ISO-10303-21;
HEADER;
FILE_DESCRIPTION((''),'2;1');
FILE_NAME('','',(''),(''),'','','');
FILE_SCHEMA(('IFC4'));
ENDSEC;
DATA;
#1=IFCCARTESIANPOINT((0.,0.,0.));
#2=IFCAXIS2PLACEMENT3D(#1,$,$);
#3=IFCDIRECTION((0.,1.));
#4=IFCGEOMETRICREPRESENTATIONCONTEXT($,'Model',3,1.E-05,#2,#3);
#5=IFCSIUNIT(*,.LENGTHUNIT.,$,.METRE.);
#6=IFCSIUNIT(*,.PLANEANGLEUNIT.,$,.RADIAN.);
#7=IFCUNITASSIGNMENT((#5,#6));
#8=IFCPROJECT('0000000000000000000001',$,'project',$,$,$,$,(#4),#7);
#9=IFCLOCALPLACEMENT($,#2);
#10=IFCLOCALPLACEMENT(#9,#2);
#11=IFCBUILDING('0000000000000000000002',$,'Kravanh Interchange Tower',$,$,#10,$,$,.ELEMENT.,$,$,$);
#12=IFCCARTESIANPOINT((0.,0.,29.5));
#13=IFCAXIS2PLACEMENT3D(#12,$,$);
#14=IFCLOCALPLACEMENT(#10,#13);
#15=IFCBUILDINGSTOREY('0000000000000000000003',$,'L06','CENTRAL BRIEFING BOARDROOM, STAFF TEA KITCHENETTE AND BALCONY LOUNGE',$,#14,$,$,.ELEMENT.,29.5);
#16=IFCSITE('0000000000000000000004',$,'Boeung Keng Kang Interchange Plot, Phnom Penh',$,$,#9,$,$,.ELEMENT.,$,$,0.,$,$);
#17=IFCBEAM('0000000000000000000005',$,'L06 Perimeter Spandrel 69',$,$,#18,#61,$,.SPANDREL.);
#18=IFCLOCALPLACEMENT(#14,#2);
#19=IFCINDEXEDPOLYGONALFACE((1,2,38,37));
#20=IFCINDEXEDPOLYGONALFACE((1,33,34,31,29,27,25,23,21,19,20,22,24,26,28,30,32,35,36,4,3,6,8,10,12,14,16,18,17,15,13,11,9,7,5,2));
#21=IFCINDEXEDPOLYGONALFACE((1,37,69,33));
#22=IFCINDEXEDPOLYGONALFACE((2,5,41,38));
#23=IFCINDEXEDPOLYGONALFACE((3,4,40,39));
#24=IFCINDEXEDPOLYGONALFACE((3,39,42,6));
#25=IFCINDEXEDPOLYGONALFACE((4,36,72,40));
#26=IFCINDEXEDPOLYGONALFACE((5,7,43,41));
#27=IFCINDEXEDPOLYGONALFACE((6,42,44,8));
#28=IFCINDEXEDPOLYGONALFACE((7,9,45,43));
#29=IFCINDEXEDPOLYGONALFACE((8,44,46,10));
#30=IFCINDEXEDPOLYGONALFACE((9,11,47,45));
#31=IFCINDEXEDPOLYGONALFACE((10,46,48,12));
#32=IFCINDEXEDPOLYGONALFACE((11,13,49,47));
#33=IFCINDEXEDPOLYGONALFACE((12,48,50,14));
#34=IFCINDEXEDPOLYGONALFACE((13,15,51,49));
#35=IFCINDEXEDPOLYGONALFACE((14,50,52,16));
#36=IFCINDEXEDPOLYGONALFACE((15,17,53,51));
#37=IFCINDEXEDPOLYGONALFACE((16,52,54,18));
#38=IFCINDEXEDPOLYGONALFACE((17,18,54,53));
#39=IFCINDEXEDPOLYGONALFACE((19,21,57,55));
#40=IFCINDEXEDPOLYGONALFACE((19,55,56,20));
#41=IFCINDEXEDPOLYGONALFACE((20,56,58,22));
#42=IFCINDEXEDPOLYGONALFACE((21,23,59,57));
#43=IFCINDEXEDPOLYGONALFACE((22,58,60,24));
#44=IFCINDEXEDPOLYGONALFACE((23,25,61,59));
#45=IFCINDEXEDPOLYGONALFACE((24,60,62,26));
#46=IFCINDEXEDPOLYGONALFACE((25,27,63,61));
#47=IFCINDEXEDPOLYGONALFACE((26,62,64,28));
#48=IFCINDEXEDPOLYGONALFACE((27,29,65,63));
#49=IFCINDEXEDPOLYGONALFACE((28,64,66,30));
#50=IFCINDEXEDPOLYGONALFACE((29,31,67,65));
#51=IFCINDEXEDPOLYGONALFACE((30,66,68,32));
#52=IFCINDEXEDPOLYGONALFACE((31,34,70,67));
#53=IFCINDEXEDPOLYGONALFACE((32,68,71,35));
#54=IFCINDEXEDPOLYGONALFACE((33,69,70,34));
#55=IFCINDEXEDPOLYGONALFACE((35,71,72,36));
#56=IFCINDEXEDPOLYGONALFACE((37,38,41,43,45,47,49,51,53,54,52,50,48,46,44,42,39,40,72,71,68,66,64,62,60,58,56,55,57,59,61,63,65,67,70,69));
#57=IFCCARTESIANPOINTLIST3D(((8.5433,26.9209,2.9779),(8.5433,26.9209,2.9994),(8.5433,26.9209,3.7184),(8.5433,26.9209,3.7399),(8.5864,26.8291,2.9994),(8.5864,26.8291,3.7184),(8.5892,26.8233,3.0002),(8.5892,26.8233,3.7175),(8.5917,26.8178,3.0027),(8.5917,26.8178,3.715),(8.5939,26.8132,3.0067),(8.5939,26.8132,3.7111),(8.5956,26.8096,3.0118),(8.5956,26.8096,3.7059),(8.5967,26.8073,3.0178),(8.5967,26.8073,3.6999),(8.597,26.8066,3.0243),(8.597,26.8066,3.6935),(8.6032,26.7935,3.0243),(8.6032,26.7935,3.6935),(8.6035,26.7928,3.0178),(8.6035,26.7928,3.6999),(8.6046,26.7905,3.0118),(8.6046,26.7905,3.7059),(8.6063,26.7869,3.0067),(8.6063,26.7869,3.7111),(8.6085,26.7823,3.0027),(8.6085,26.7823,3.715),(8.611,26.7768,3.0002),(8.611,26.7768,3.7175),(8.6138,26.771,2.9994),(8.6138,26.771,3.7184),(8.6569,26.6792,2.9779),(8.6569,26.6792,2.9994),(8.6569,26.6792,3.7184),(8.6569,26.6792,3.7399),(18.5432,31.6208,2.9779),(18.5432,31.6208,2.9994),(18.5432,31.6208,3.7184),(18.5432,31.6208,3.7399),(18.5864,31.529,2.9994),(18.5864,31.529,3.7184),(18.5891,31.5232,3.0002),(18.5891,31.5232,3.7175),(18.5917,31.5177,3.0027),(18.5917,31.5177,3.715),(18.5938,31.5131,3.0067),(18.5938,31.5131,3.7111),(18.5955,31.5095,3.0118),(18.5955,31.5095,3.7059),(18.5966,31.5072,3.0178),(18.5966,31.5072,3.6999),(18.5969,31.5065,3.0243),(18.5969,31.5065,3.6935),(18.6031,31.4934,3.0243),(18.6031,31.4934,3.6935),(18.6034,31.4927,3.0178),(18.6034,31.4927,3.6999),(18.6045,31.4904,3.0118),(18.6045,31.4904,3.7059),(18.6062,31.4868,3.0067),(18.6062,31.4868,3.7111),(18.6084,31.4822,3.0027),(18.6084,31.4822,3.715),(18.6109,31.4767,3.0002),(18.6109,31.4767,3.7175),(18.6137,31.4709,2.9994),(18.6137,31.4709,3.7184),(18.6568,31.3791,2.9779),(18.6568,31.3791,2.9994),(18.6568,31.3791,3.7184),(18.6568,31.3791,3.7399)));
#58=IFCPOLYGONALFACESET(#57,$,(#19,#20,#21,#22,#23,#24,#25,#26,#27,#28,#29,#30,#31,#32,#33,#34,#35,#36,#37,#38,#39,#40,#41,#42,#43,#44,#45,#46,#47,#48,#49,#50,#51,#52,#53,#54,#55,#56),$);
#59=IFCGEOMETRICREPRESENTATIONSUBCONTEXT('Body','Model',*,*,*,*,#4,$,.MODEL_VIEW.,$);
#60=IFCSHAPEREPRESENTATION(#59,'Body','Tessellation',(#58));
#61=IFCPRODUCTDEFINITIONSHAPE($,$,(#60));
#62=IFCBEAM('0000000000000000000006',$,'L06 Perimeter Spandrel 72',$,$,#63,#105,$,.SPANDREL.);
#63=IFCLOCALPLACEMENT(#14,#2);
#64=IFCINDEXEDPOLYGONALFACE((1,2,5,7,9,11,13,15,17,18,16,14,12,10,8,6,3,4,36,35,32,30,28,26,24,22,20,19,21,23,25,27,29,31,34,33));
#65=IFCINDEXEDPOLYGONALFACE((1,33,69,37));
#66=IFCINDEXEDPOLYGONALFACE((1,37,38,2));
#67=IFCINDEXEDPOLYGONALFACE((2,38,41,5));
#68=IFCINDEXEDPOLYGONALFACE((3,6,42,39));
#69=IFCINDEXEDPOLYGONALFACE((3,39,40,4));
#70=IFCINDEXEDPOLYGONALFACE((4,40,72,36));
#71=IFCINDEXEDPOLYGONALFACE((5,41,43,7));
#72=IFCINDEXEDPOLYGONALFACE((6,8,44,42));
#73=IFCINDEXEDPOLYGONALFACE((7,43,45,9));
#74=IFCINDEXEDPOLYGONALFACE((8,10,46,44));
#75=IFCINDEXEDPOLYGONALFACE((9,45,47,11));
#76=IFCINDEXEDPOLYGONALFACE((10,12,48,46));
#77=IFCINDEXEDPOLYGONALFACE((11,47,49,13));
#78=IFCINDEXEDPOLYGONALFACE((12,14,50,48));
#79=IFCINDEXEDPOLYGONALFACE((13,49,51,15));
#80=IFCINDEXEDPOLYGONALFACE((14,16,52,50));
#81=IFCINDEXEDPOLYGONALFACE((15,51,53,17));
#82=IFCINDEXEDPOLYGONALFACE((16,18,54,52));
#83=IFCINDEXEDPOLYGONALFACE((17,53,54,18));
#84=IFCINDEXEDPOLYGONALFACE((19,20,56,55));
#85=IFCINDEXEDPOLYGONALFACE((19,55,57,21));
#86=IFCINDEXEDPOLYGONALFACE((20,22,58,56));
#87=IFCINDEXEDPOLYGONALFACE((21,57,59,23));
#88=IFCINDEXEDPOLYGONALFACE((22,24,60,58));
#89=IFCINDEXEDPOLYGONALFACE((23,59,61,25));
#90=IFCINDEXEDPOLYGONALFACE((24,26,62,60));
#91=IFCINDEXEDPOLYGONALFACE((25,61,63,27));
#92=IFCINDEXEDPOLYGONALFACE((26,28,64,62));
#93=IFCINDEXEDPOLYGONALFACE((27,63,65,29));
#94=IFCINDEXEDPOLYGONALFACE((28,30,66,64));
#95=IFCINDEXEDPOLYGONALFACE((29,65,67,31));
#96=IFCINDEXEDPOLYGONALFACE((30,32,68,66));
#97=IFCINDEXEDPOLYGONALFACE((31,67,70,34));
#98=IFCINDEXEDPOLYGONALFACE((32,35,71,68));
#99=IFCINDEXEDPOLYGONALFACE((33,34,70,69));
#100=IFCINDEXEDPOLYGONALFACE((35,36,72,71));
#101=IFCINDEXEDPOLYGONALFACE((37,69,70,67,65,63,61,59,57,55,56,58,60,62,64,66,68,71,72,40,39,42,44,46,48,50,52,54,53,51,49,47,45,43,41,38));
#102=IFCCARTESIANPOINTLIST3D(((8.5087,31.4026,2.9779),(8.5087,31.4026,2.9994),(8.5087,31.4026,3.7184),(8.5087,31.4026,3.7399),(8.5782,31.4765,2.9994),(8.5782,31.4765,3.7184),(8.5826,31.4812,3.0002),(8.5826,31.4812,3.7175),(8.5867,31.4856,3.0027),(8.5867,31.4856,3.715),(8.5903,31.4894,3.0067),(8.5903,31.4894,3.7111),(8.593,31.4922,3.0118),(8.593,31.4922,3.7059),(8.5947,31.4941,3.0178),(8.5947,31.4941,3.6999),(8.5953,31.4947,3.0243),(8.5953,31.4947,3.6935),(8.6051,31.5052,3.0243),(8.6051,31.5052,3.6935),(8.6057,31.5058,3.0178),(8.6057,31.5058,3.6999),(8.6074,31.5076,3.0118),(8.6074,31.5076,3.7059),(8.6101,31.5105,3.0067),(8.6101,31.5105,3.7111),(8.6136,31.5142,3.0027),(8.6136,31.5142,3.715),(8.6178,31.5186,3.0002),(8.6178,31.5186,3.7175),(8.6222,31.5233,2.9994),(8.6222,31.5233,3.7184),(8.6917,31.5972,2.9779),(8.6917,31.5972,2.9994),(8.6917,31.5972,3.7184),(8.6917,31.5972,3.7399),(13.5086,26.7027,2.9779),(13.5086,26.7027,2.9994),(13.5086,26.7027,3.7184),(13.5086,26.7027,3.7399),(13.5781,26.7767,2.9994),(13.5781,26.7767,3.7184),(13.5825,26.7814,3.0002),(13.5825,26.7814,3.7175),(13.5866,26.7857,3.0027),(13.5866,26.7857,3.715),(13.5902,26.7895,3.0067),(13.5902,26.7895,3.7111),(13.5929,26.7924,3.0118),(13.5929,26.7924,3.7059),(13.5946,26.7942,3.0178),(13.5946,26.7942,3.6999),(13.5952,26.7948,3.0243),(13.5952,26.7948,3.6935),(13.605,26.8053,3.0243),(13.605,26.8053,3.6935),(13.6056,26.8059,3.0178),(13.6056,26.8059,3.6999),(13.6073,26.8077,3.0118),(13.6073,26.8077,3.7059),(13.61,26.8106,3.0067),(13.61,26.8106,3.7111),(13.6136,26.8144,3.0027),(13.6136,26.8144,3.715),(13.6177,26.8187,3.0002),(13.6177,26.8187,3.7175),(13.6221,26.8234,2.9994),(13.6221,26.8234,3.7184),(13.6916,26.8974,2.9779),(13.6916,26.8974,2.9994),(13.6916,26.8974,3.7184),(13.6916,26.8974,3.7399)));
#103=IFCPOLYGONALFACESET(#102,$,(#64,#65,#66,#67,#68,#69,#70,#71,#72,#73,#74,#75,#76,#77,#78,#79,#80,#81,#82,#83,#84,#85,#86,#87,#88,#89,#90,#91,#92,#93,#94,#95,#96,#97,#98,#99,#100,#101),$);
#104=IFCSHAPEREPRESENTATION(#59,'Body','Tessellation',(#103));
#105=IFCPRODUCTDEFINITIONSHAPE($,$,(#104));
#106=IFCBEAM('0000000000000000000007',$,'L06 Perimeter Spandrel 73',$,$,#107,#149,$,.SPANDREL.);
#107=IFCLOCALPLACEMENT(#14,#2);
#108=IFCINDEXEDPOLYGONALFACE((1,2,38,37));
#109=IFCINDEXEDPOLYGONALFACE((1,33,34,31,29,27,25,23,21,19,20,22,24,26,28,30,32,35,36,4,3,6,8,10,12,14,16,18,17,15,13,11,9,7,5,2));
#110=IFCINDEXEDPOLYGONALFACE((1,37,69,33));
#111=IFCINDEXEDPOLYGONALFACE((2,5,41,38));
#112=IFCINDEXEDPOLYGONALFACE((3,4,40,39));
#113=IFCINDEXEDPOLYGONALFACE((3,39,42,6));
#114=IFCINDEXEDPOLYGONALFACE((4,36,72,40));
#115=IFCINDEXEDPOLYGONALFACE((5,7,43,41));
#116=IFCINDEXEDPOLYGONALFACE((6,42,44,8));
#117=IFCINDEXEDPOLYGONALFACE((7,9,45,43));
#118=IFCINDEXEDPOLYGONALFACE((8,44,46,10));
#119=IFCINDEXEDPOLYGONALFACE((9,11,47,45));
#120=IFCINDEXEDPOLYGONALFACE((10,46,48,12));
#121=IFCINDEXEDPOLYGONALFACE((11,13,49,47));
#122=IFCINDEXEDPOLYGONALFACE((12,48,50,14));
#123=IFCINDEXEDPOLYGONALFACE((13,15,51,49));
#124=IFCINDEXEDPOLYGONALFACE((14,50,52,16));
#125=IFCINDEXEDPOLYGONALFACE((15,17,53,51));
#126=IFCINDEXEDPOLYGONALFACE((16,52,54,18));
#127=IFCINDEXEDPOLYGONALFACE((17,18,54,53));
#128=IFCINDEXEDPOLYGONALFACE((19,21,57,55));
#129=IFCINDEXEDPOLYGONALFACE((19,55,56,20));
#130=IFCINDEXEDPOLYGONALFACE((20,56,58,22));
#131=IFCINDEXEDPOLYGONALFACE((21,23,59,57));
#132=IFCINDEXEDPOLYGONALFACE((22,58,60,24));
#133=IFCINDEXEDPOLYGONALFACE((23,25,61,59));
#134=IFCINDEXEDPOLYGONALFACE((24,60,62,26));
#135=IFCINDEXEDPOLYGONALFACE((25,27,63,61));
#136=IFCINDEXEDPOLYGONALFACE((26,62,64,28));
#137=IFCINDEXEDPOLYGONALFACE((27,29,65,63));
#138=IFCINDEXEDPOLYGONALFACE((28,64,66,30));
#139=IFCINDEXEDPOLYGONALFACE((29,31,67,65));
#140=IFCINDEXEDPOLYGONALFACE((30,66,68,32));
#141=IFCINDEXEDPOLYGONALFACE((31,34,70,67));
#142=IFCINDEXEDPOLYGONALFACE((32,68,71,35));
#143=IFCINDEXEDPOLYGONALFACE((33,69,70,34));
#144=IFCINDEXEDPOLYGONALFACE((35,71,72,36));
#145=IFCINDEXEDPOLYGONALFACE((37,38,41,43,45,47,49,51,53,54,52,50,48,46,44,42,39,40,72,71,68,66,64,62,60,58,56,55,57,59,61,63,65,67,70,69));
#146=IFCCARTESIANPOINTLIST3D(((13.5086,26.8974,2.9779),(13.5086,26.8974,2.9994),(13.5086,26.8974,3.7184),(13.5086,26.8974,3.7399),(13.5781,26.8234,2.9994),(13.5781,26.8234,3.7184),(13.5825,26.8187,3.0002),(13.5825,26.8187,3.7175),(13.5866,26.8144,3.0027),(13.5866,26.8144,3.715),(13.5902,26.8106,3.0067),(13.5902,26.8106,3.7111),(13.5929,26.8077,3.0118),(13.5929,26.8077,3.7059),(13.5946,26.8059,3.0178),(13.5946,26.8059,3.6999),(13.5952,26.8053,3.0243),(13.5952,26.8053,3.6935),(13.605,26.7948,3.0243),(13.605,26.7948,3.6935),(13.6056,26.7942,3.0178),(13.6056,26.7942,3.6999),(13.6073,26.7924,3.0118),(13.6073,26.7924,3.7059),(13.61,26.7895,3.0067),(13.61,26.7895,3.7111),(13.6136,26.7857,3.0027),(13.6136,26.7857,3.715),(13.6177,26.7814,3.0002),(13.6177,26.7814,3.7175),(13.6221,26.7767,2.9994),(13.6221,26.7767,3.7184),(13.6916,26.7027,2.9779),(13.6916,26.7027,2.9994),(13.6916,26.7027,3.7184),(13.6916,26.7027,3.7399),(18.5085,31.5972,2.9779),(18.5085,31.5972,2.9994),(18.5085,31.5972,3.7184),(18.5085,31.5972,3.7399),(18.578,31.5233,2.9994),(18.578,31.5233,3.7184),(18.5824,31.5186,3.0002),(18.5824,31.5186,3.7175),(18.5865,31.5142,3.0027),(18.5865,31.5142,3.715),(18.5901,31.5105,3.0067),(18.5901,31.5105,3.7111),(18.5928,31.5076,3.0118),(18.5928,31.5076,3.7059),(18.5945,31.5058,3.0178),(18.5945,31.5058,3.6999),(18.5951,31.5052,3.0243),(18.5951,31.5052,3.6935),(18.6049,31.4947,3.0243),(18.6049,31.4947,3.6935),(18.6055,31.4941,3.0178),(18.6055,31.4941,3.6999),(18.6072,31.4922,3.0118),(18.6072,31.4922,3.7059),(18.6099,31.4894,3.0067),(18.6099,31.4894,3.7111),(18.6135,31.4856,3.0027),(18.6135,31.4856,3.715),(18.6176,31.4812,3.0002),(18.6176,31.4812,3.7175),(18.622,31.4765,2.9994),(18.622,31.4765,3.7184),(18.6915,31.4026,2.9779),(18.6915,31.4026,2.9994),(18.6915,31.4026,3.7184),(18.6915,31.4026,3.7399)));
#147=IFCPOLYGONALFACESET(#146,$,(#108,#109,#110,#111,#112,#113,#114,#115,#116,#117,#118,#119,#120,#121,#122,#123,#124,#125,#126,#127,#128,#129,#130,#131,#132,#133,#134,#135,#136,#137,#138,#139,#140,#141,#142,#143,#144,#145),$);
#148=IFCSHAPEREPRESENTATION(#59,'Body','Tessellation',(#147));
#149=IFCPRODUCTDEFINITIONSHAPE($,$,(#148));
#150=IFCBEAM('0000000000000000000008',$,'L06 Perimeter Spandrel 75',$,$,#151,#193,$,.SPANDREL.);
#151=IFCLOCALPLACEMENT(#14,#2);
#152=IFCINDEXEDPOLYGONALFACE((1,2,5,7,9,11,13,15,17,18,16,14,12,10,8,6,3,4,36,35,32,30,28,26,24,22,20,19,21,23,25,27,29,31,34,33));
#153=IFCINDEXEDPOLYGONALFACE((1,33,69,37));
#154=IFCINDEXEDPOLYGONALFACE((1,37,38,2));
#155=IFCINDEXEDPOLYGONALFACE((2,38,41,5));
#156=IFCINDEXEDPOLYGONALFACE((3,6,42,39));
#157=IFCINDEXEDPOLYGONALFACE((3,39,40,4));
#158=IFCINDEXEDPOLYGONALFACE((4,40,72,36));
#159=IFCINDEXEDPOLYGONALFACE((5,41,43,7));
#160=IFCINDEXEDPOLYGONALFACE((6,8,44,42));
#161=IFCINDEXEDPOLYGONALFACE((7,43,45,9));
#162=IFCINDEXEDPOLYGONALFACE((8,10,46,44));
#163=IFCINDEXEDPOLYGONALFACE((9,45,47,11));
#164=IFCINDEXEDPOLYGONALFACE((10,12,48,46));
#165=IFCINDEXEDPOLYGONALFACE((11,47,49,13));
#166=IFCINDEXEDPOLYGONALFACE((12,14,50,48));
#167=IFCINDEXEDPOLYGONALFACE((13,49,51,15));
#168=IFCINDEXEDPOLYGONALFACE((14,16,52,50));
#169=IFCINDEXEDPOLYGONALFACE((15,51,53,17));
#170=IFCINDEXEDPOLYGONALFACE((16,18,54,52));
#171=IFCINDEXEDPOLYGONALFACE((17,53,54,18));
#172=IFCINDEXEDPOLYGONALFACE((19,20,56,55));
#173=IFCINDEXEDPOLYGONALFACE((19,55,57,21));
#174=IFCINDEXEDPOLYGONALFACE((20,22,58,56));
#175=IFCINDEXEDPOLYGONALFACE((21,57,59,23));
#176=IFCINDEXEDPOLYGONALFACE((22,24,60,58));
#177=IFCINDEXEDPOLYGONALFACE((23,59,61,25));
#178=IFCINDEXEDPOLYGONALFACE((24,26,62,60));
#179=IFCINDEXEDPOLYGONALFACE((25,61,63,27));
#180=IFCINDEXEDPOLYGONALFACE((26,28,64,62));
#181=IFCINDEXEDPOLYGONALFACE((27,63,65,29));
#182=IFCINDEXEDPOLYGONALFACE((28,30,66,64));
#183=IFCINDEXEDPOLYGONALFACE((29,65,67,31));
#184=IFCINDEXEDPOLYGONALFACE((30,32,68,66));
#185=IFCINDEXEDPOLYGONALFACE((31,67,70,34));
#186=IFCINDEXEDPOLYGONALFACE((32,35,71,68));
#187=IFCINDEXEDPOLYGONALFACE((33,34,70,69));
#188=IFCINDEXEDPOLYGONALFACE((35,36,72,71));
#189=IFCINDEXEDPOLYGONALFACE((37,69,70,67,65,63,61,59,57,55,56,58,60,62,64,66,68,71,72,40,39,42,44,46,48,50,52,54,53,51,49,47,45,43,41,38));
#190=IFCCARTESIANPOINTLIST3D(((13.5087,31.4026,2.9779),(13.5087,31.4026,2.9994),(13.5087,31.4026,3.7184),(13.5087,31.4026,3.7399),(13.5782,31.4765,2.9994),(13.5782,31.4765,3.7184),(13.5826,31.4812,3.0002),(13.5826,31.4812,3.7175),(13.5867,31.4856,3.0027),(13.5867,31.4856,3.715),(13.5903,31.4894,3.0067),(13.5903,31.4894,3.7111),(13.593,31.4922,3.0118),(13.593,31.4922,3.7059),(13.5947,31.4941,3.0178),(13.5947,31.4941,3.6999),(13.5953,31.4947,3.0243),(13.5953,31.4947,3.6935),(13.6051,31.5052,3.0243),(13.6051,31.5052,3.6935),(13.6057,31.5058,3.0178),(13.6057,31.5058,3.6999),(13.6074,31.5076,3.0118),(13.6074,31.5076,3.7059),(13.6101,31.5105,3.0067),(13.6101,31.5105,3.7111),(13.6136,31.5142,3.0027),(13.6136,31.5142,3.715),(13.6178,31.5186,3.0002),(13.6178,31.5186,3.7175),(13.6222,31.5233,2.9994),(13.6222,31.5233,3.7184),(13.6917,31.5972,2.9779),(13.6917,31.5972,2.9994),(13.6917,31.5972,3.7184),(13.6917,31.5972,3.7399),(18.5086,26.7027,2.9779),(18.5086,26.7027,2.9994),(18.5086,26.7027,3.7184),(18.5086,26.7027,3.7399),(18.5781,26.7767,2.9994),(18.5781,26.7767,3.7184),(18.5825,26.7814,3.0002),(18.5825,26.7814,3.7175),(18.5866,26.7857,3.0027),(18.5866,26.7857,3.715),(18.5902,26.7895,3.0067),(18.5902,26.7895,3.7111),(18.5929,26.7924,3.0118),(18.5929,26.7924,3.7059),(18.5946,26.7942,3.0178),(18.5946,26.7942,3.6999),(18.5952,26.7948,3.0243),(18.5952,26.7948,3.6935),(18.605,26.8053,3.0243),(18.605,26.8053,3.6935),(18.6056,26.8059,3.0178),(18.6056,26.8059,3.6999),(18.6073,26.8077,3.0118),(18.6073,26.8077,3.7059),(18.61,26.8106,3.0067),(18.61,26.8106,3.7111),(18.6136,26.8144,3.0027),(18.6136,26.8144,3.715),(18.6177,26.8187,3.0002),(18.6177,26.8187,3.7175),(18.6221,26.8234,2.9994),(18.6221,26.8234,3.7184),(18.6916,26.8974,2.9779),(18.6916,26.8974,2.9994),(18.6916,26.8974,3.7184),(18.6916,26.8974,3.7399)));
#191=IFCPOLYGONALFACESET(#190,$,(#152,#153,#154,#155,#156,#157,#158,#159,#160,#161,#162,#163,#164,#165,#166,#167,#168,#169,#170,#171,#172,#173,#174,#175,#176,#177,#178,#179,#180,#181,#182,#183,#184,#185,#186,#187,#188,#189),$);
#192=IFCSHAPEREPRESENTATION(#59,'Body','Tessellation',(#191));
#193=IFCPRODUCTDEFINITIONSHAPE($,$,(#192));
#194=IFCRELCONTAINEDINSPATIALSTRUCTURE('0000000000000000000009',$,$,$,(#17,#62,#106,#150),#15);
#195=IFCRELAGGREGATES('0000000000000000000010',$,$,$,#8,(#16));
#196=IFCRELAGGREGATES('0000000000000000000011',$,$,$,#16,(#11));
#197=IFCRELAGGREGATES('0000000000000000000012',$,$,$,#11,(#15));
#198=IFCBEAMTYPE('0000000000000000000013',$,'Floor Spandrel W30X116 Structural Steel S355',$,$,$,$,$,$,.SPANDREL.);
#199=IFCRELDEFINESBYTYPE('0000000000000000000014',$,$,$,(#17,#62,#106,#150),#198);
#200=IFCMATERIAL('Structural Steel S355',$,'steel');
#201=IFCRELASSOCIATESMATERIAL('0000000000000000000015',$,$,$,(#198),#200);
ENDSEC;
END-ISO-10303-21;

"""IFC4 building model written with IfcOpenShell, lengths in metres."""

from ifc_helpers import new_model, si_unit, direction, frame, origin, origin_2d, place, context, subcontext, project, spatial, i_section, extrude, material, material_profile, profile_set, type_object, element, save


model = new_model("IFC4")

# Units and contexts
model_context = context("Model", 3, precision=1e-05, world=origin(), true_north=direction((0.0, 1.0)))
body_context = subcontext(model_context, "Body", "Model", "MODEL_VIEW")
ifc_project = project(units=[si_unit("LENGTHUNIT", "METRE"), si_unit("PLANEANGLEUNIT", "RADIAN")], contexts=[model_context])

# Site, building, storey
site_placement = place(None, origin())
site = spatial("IfcSite", under=ifc_project, at=site_placement, Name="Boeung Keng Kang Interchange Plot, Phnom Penh", CompositionType="ELEMENT", RefElevation=0.0)
building_placement = place(site_placement, origin())
building = spatial("IfcBuilding", under=site, at=building_placement, Name="Kravanh Interchange Tower", CompositionType="ELEMENT")
storey_placement = place(building_placement, frame((0.0, 0.0, 29.5)))
storey = spatial("IfcBuildingStorey", under=building, at=storey_placement, Name="L06", Description="CENTRAL BRIEFING BOARDROOM, STAFF TEA KITCHENETTE AND BALCONY LOUNGE", CompositionType="ELEMENT", Elevation=29.5)

# Beams
ifc_material_1 = material(Name="Structural Steel S355", Category="steel")
ifc_material_profile_1 = material_profile(ifc_material_1, i_section(OverallWidth=0.2671, OverallDepth=0.762, WebThickness=0.0144, FlangeThickness=0.0215, FilletRadius=0.0249, at=origin_2d()), Name="W30X116")
ifc_profile_set_1 = profile_set([ifc_material_profile_1], Name="Structural Steel S355")
beam_type_1 = type_object("IfcBeamType", Name="Floor Spandrel W30X116 Structural Steel S355", PredefinedType="SPANDREL", material=ifc_profile_set_1)
beam_1_placement = place(storey_placement, frame((8.6001, 26.8, 3.3589), z_axis=(0.905025, 0.425358, 0.0), x_axis=(-0.425358, 0.905025, 0.0)))
element("IfcBeam", 1, at=beam_1_placement, inside=storey, type_object=beam_type_1, Name="L06 Perimeter Spandrel 69", PredefinedType="SPANDREL", context=body_context, shape_type="SweptSolid", body=[
    extrude(i_section(OverallWidth=0.2671, OverallDepth=0.762, WebThickness=0.0144, FlangeThickness=0.0215, FilletRadius=0.0249, at=origin_2d()), origin(), (0.0, 0.0, 1.0), 11.0493),
])
for number, where, z_axis, x_axis, name in (
    (2, (13.6001, 26.8, 3.3589), (-0.728631, 0.684906, 0.0), (-0.684906, -0.728631, 0.0), "L06 Perimeter Spandrel 72"),
    (3, (13.6001, 26.8, 3.3589), (0.728631, 0.684906, 0.0), (-0.684906, 0.728631, 0.0), "L06 Perimeter Spandrel 73"),
    (4, (18.6001, 26.8, 3.3589), (-0.728631, 0.684906, 0.0), (-0.684906, -0.728631, 0.0), "L06 Perimeter Spandrel 75"),
):
    element("IfcBeam", number, at=place(storey_placement, frame(where, z_axis=z_axis, x_axis=x_axis)), inside=storey, type_object=beam_type_1, Name=name, PredefinedType="SPANDREL", context=body_context, shape_type="SweptSolid", body=[
        extrude(i_section(OverallWidth=0.2671, OverallDepth=0.762, WebThickness=0.0144, FlangeThickness=0.0215, FilletRadius=0.0249, at=origin_2d()), origin(), (0.0, 0.0, 1.0), 6.8621),
    ])

save(model, "model.ifc")
